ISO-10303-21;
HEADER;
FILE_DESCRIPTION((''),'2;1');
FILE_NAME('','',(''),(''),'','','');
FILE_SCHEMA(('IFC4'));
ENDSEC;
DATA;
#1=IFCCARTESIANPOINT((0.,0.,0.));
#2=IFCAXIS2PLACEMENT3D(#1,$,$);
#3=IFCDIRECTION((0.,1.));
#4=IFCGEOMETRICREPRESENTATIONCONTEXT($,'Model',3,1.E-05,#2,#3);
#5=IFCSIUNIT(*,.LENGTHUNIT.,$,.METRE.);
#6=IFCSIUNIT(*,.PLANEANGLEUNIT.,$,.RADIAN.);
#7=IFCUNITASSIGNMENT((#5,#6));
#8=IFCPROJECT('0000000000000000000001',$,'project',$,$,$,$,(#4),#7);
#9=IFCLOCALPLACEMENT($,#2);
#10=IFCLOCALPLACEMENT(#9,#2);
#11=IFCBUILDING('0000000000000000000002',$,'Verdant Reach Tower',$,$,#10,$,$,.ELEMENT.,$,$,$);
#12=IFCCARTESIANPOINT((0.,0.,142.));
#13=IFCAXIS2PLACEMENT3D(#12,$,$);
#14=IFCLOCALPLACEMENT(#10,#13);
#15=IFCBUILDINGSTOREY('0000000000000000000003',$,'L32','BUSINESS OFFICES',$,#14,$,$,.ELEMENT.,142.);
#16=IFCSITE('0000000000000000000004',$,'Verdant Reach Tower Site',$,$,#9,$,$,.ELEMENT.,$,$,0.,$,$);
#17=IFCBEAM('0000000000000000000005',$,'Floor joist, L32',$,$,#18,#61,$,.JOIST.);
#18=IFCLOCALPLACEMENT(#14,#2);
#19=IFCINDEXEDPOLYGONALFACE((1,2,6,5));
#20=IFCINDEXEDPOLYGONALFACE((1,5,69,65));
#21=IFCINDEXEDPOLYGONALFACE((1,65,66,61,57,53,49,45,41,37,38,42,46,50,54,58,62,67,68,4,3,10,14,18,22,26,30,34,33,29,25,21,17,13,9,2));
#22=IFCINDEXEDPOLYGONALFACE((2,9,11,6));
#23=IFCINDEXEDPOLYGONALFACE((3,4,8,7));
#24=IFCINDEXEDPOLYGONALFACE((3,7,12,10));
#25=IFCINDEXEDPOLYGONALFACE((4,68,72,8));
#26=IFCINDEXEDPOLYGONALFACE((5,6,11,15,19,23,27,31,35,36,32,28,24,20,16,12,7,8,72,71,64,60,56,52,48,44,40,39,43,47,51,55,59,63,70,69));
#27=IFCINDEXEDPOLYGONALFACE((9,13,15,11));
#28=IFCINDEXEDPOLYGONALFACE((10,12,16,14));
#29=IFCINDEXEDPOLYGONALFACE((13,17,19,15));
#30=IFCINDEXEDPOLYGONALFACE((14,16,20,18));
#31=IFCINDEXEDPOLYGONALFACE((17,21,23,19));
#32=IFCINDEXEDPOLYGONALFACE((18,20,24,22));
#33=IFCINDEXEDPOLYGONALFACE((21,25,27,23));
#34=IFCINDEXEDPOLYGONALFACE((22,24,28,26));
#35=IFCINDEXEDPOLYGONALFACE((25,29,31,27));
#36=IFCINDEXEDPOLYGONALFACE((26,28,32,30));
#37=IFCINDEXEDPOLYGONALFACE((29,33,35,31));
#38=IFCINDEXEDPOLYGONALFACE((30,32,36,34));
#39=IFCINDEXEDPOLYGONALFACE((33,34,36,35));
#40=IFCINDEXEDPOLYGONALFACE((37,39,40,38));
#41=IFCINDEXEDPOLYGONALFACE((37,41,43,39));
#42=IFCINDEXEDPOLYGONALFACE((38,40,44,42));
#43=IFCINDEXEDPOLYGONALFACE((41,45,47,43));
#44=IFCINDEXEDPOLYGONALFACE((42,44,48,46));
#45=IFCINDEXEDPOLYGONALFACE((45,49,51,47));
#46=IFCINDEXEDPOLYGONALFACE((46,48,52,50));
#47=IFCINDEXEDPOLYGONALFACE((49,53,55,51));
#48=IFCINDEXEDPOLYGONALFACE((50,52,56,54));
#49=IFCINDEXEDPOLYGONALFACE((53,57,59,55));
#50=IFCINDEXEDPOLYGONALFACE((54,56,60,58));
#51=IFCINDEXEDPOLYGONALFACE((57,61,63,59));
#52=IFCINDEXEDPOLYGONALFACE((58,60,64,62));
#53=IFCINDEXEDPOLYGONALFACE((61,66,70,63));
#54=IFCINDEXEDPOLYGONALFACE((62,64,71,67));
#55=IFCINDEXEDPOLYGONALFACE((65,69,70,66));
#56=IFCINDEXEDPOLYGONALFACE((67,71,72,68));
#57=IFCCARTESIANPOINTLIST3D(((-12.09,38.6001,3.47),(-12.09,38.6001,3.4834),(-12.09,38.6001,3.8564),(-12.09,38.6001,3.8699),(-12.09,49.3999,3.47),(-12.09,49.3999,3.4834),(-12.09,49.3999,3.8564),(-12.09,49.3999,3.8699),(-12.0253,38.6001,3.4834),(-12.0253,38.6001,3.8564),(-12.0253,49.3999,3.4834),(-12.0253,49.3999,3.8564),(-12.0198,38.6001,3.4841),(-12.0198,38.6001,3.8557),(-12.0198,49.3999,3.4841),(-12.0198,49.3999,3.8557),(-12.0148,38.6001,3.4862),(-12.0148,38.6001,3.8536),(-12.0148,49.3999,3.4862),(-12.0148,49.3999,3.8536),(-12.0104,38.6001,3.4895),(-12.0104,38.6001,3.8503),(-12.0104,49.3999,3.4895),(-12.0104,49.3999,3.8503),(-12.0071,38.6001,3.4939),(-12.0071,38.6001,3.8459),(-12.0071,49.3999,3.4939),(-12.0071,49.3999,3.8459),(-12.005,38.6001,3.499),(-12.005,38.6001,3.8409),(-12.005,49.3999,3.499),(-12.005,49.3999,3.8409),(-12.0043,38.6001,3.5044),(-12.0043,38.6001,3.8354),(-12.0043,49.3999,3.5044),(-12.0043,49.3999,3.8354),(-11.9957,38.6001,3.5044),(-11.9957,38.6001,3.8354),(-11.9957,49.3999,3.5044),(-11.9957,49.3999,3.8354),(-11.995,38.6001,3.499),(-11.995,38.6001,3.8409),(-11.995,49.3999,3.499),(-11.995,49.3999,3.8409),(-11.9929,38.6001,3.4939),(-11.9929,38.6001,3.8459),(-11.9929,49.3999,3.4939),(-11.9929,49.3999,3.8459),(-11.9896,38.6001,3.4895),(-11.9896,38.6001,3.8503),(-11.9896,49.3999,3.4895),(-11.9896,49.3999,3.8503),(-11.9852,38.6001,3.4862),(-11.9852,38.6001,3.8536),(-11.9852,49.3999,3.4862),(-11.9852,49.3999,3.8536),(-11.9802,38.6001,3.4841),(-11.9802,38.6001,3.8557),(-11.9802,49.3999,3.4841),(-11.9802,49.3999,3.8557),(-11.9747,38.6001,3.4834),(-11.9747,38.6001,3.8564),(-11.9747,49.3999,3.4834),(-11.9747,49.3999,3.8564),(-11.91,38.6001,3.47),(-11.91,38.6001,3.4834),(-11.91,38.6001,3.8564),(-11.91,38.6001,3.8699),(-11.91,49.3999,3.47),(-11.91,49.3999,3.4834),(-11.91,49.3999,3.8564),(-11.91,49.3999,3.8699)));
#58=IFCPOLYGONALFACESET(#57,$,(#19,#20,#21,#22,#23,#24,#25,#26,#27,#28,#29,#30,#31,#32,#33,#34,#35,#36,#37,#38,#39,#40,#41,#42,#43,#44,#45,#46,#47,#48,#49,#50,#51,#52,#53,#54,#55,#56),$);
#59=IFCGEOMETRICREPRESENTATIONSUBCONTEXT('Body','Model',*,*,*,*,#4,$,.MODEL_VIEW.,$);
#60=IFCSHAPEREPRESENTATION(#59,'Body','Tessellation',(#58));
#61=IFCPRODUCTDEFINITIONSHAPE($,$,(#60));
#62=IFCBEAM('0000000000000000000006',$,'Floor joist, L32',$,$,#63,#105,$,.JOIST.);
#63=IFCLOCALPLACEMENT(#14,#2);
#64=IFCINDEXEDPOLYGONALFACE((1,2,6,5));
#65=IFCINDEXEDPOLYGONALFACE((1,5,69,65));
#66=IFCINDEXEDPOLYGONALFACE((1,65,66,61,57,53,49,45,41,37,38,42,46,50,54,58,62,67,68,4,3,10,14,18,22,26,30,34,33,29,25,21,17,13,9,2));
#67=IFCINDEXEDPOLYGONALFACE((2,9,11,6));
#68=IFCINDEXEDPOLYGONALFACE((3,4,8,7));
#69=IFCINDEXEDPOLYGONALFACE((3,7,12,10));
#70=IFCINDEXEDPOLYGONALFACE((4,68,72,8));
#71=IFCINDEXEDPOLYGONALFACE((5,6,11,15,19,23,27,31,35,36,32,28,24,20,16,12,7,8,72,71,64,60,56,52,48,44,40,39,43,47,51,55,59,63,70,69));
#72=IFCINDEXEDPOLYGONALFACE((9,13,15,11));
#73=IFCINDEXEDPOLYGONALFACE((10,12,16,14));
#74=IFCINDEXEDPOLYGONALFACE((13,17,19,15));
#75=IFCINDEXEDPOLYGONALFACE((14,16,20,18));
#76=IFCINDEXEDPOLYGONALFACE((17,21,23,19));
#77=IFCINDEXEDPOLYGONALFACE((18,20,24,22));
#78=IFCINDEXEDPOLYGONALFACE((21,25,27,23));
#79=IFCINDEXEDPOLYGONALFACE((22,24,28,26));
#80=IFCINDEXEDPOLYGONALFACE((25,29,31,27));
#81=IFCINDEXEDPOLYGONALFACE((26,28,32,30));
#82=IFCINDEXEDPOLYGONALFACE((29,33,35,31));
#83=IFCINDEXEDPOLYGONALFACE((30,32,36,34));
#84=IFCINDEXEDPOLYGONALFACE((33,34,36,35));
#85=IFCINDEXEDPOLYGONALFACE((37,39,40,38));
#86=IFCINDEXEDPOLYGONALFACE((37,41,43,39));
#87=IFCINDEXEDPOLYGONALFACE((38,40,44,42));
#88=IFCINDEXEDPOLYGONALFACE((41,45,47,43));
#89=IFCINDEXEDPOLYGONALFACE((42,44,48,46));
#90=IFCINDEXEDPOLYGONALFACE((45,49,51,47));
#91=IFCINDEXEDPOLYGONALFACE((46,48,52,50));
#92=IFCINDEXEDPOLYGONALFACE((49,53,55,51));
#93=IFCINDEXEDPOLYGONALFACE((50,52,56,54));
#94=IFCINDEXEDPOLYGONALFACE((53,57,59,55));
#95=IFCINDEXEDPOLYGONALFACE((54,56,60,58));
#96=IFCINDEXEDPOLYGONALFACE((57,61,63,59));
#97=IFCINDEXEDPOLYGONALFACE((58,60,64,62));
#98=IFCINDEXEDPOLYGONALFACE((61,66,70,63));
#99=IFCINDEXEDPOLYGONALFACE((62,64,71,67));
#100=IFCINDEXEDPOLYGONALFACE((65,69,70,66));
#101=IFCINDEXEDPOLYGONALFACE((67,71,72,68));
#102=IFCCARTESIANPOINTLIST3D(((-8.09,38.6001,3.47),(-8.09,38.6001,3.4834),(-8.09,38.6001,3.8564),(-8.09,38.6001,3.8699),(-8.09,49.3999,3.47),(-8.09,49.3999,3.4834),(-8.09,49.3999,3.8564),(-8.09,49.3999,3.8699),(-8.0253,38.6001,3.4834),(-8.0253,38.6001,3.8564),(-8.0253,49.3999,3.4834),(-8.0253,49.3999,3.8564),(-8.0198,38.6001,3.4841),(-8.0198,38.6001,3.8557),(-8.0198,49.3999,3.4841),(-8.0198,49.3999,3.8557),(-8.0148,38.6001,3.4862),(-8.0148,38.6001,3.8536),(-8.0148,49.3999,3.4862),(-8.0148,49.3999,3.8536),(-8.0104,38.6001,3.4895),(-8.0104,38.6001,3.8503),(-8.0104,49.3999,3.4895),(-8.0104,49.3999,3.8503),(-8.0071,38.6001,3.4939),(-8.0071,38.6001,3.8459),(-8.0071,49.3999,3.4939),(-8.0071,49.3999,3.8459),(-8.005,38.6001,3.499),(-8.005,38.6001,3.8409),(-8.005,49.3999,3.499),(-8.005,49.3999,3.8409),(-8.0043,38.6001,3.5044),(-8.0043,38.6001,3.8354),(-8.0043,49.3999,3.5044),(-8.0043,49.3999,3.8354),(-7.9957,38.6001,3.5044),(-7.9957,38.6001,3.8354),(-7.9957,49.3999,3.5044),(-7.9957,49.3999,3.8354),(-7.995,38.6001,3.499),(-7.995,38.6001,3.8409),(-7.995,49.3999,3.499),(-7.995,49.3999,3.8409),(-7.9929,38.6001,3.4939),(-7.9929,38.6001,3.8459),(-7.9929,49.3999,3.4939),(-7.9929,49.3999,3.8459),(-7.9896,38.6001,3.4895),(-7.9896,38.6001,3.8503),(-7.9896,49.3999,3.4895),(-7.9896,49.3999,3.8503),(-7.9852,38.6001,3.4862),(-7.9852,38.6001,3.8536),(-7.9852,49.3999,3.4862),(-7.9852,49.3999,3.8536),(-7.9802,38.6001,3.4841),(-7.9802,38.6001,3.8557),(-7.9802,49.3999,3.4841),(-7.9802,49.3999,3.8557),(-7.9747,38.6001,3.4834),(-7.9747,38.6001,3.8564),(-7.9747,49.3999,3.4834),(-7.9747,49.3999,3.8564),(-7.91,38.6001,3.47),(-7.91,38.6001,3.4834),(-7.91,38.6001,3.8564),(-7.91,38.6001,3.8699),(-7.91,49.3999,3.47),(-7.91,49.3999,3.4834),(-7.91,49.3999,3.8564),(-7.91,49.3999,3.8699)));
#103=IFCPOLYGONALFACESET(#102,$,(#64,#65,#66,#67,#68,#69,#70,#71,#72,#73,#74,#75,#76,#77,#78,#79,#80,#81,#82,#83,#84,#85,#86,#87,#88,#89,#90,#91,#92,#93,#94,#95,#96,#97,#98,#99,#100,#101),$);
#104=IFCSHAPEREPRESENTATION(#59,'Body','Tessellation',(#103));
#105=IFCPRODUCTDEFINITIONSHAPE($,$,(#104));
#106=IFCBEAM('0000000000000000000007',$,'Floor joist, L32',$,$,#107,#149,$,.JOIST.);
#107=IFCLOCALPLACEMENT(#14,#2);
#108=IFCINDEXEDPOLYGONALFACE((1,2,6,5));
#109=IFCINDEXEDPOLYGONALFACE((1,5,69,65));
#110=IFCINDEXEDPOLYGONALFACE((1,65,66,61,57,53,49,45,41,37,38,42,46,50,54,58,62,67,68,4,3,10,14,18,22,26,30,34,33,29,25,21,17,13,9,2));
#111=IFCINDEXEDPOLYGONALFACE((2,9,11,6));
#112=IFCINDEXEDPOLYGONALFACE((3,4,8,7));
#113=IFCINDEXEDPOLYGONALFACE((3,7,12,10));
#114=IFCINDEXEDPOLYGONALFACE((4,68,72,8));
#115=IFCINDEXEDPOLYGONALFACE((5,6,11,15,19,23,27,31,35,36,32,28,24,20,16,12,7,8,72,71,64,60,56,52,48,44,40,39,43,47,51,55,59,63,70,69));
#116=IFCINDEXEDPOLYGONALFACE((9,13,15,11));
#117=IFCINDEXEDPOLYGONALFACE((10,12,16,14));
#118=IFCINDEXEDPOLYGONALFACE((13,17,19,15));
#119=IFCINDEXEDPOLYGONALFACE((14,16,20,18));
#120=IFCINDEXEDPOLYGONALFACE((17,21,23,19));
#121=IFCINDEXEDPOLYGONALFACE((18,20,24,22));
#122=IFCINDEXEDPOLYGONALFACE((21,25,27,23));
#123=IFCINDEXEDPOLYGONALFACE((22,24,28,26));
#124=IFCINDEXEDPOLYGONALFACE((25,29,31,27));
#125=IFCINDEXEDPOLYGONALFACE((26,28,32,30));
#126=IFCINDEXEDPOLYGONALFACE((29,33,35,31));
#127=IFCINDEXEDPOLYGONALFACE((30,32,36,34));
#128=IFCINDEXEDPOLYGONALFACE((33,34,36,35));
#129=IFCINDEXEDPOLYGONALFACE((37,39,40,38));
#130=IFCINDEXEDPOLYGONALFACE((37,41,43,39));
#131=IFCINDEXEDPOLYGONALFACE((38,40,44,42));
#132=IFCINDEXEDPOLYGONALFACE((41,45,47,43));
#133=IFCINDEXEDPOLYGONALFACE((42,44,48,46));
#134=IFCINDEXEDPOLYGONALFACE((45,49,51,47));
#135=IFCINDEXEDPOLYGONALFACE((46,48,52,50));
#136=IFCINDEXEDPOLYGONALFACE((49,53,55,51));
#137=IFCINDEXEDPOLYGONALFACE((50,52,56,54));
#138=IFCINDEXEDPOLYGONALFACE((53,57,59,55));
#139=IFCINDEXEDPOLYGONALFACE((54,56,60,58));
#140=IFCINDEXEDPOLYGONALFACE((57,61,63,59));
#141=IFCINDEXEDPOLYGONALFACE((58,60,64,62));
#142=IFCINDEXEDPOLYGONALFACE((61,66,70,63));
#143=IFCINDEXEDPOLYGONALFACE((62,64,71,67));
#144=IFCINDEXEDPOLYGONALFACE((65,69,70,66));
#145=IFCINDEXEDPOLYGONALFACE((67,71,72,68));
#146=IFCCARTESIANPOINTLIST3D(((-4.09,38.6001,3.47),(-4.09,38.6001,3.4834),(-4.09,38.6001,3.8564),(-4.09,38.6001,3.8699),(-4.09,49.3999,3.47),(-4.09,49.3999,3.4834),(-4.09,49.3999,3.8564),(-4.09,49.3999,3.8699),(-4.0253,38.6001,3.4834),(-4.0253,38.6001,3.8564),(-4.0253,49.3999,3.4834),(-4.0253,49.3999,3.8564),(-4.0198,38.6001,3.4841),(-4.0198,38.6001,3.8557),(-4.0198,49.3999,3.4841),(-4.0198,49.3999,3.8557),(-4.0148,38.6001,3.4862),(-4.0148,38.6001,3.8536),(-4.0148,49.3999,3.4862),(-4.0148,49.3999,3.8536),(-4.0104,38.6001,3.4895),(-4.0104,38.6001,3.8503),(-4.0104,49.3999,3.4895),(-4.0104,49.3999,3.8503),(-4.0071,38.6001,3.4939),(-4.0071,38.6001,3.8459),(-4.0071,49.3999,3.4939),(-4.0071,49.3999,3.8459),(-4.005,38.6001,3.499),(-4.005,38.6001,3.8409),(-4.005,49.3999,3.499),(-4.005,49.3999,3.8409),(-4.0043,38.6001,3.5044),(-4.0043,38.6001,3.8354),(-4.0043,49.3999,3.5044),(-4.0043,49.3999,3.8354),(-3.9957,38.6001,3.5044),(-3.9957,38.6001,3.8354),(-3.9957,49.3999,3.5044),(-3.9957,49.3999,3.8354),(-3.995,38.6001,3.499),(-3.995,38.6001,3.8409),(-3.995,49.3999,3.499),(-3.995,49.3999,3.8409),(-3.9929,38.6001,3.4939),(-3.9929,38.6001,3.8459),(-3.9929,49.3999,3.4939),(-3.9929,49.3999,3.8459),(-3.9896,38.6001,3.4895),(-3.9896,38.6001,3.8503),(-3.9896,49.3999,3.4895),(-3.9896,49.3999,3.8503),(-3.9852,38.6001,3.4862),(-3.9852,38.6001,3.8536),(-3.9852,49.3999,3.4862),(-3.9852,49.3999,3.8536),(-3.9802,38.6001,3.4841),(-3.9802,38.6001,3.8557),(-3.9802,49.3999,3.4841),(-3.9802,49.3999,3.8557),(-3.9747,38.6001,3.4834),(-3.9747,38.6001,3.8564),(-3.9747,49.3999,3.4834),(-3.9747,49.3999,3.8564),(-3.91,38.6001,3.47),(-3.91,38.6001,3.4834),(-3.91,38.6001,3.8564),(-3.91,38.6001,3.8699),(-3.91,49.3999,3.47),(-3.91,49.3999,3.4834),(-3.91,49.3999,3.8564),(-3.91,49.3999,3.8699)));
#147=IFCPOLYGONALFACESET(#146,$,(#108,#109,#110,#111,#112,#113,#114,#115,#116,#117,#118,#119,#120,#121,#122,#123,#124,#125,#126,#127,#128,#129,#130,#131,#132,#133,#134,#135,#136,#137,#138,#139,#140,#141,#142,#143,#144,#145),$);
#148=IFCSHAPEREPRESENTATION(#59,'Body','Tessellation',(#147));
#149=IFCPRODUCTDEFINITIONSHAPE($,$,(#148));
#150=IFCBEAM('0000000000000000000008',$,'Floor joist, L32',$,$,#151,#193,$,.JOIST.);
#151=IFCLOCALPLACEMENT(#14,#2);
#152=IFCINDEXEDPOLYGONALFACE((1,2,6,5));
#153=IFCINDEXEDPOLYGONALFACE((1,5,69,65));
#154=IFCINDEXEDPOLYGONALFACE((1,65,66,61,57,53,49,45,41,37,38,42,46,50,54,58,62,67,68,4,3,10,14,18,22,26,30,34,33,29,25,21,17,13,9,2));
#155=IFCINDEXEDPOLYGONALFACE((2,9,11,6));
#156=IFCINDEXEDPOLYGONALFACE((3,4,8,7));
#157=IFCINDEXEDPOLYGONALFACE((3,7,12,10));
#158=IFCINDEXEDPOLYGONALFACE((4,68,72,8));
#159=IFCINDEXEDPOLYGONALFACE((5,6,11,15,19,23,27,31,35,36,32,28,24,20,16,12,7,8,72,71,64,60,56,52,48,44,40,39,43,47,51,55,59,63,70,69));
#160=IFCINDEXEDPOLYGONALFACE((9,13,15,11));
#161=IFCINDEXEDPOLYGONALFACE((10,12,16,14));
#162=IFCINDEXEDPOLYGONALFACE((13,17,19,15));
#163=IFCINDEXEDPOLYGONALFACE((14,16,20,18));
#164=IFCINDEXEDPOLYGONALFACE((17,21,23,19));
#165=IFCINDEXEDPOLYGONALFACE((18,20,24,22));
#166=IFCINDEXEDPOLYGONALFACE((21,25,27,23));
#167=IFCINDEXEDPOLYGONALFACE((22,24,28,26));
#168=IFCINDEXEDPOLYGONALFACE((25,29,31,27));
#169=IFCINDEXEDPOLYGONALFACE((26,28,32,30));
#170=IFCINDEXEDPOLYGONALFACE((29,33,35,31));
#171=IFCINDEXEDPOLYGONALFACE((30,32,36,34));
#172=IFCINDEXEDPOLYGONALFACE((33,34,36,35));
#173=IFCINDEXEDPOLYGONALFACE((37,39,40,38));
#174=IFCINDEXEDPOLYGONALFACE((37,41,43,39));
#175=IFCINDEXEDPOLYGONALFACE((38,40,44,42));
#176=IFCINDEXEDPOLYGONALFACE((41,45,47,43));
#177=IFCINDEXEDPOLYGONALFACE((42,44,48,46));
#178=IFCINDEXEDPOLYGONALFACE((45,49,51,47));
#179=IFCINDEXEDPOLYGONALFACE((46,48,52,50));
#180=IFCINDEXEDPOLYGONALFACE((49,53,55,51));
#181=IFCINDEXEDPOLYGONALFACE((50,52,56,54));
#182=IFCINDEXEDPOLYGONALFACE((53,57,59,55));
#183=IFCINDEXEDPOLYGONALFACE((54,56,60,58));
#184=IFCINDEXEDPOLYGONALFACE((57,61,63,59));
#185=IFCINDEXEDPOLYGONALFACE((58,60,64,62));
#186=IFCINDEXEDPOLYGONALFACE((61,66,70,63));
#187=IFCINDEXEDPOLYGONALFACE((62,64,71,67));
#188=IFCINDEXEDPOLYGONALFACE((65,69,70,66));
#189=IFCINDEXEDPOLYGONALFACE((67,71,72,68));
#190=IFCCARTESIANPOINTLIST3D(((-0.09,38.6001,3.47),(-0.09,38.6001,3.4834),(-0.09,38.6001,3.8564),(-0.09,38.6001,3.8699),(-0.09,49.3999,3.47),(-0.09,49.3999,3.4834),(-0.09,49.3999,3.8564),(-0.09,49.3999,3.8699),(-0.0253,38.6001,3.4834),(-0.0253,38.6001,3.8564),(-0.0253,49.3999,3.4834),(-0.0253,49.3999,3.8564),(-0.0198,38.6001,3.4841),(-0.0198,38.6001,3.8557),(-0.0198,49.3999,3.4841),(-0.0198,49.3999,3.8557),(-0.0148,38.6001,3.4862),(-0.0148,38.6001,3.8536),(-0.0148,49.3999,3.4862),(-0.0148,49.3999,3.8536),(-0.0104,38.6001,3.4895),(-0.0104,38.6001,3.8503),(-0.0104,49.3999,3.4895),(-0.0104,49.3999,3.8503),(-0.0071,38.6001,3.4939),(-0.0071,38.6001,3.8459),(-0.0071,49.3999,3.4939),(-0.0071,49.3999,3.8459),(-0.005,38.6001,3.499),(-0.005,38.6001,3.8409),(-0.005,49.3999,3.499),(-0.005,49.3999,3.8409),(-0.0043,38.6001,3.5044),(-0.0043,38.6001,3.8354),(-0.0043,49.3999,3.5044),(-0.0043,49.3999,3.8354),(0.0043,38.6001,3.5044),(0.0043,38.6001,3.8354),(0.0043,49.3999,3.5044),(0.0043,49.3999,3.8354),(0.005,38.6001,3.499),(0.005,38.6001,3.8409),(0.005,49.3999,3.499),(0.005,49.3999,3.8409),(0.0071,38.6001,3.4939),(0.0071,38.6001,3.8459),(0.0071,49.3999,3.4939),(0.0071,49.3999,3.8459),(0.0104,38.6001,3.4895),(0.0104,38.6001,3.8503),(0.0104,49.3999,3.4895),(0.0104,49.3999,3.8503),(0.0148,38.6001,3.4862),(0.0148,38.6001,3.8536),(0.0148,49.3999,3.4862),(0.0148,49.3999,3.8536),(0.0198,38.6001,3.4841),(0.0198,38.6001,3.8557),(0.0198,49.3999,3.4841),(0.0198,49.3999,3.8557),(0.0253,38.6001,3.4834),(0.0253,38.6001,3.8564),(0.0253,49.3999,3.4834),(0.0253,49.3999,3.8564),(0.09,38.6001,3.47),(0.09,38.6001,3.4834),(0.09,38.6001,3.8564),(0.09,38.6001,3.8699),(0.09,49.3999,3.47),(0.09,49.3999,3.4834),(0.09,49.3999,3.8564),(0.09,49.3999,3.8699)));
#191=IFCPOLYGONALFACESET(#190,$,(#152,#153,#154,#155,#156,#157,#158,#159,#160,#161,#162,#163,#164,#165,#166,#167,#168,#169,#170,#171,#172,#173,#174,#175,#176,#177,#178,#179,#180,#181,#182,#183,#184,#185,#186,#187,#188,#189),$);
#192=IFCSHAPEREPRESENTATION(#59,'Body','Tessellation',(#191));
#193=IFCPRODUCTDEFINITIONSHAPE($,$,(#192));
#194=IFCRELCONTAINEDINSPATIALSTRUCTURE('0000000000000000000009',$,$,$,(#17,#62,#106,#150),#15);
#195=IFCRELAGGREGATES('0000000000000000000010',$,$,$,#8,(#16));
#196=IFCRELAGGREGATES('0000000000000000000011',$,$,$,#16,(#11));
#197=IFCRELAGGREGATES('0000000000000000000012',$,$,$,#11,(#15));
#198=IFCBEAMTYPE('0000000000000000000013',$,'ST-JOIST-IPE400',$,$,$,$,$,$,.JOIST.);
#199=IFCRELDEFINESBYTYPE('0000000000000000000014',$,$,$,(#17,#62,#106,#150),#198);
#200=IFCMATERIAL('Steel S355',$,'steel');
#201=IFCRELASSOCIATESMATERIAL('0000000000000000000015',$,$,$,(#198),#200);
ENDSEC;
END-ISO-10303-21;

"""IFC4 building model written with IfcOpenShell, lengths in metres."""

from ifc_helpers import new_model, si_unit, direction, frame, origin, origin_2d, place, context, subcontext, project, spatial, i_section, extrude, material, material_profile, profile_set, type_object, element, save


model = new_model("IFC4")

# Units and contexts
model_context = context("Model", 3, precision=1e-05, world=origin(), true_north=direction((0.0, 1.0)))
body_context = subcontext(model_context, "Body", "Model", "MODEL_VIEW")
ifc_project = project(units=[si_unit("LENGTHUNIT", "METRE"), si_unit("PLANEANGLEUNIT", "RADIAN")], contexts=[model_context])

# Site, building, storey
site_placement = place(None, origin())
site = spatial("IfcSite", under=ifc_project, at=site_placement, Name="Verdant Reach Tower Site", CompositionType="ELEMENT", RefElevation=0.0)
building_placement = place(site_placement, origin())
building = spatial("IfcBuilding", under=site, at=building_placement, Name="Verdant Reach Tower", CompositionType="ELEMENT")
storey_placement = place(building_placement, frame((0.0, 0.0, 142.0)))
storey = spatial("IfcBuildingStorey", under=building, at=storey_placement, Name="L32", Description="BUSINESS OFFICES", CompositionType="ELEMENT", Elevation=142.0)

# Beams
ifc_material_1 = material(Name="Steel S355", Category="steel")
ifc_material_profile = material_profile(ifc_material_1, i_section(OverallWidth=0.1799, OverallDepth=0.3999, WebThickness=0.0085, FlangeThickness=0.0134, FilletRadius=0.021, at=origin_2d()), Name="IPE 400")
ifc_profile_set = profile_set([ifc_material_profile], Name="Steel S355")
beam_type = type_object("IfcBeamType", Name="ST-JOIST-IPE400", PredefinedType="JOIST", material=ifc_profile_set)
for number, where, z_axis, x_axis, name in (
    (1, (-12.0, 38.6001, 3.6699), (0.0, 1.0, 0.0), (-1.0, 0.0, 0.0), "Floor joist, L32"),
    (2, (-8.0, 38.6001, 3.6699), (0.0, 1.0, 0.0), (-1.0, 0.0, 0.0), "Floor joist, L32"),
    (3, (-4.0, 38.6001, 3.6699), (0.0, 1.0, 0.0), (-1.0, 0.0, 0.0), "Floor joist, L32"),
    (4, (0.0, 38.6001, 3.6699), (0.0, 1.0, 0.0), (-1.0, 0.0, 0.0), "Floor joist, L32"),
):
    element("IfcBeam", number, at=place(storey_placement, frame(where, z_axis=z_axis, x_axis=x_axis)), inside=storey, type_object=beam_type, Name=name, PredefinedType="JOIST", context=body_context, shape_type="SweptSolid", body=[
        extrude(i_section(OverallWidth=0.1799, OverallDepth=0.3999, WebThickness=0.0085, FlangeThickness=0.0134, FilletRadius=0.021, at=origin_2d()), origin(), (0.0, 0.0, 1.0), 10.7998),
    ])

save(model, "model.ifc")
